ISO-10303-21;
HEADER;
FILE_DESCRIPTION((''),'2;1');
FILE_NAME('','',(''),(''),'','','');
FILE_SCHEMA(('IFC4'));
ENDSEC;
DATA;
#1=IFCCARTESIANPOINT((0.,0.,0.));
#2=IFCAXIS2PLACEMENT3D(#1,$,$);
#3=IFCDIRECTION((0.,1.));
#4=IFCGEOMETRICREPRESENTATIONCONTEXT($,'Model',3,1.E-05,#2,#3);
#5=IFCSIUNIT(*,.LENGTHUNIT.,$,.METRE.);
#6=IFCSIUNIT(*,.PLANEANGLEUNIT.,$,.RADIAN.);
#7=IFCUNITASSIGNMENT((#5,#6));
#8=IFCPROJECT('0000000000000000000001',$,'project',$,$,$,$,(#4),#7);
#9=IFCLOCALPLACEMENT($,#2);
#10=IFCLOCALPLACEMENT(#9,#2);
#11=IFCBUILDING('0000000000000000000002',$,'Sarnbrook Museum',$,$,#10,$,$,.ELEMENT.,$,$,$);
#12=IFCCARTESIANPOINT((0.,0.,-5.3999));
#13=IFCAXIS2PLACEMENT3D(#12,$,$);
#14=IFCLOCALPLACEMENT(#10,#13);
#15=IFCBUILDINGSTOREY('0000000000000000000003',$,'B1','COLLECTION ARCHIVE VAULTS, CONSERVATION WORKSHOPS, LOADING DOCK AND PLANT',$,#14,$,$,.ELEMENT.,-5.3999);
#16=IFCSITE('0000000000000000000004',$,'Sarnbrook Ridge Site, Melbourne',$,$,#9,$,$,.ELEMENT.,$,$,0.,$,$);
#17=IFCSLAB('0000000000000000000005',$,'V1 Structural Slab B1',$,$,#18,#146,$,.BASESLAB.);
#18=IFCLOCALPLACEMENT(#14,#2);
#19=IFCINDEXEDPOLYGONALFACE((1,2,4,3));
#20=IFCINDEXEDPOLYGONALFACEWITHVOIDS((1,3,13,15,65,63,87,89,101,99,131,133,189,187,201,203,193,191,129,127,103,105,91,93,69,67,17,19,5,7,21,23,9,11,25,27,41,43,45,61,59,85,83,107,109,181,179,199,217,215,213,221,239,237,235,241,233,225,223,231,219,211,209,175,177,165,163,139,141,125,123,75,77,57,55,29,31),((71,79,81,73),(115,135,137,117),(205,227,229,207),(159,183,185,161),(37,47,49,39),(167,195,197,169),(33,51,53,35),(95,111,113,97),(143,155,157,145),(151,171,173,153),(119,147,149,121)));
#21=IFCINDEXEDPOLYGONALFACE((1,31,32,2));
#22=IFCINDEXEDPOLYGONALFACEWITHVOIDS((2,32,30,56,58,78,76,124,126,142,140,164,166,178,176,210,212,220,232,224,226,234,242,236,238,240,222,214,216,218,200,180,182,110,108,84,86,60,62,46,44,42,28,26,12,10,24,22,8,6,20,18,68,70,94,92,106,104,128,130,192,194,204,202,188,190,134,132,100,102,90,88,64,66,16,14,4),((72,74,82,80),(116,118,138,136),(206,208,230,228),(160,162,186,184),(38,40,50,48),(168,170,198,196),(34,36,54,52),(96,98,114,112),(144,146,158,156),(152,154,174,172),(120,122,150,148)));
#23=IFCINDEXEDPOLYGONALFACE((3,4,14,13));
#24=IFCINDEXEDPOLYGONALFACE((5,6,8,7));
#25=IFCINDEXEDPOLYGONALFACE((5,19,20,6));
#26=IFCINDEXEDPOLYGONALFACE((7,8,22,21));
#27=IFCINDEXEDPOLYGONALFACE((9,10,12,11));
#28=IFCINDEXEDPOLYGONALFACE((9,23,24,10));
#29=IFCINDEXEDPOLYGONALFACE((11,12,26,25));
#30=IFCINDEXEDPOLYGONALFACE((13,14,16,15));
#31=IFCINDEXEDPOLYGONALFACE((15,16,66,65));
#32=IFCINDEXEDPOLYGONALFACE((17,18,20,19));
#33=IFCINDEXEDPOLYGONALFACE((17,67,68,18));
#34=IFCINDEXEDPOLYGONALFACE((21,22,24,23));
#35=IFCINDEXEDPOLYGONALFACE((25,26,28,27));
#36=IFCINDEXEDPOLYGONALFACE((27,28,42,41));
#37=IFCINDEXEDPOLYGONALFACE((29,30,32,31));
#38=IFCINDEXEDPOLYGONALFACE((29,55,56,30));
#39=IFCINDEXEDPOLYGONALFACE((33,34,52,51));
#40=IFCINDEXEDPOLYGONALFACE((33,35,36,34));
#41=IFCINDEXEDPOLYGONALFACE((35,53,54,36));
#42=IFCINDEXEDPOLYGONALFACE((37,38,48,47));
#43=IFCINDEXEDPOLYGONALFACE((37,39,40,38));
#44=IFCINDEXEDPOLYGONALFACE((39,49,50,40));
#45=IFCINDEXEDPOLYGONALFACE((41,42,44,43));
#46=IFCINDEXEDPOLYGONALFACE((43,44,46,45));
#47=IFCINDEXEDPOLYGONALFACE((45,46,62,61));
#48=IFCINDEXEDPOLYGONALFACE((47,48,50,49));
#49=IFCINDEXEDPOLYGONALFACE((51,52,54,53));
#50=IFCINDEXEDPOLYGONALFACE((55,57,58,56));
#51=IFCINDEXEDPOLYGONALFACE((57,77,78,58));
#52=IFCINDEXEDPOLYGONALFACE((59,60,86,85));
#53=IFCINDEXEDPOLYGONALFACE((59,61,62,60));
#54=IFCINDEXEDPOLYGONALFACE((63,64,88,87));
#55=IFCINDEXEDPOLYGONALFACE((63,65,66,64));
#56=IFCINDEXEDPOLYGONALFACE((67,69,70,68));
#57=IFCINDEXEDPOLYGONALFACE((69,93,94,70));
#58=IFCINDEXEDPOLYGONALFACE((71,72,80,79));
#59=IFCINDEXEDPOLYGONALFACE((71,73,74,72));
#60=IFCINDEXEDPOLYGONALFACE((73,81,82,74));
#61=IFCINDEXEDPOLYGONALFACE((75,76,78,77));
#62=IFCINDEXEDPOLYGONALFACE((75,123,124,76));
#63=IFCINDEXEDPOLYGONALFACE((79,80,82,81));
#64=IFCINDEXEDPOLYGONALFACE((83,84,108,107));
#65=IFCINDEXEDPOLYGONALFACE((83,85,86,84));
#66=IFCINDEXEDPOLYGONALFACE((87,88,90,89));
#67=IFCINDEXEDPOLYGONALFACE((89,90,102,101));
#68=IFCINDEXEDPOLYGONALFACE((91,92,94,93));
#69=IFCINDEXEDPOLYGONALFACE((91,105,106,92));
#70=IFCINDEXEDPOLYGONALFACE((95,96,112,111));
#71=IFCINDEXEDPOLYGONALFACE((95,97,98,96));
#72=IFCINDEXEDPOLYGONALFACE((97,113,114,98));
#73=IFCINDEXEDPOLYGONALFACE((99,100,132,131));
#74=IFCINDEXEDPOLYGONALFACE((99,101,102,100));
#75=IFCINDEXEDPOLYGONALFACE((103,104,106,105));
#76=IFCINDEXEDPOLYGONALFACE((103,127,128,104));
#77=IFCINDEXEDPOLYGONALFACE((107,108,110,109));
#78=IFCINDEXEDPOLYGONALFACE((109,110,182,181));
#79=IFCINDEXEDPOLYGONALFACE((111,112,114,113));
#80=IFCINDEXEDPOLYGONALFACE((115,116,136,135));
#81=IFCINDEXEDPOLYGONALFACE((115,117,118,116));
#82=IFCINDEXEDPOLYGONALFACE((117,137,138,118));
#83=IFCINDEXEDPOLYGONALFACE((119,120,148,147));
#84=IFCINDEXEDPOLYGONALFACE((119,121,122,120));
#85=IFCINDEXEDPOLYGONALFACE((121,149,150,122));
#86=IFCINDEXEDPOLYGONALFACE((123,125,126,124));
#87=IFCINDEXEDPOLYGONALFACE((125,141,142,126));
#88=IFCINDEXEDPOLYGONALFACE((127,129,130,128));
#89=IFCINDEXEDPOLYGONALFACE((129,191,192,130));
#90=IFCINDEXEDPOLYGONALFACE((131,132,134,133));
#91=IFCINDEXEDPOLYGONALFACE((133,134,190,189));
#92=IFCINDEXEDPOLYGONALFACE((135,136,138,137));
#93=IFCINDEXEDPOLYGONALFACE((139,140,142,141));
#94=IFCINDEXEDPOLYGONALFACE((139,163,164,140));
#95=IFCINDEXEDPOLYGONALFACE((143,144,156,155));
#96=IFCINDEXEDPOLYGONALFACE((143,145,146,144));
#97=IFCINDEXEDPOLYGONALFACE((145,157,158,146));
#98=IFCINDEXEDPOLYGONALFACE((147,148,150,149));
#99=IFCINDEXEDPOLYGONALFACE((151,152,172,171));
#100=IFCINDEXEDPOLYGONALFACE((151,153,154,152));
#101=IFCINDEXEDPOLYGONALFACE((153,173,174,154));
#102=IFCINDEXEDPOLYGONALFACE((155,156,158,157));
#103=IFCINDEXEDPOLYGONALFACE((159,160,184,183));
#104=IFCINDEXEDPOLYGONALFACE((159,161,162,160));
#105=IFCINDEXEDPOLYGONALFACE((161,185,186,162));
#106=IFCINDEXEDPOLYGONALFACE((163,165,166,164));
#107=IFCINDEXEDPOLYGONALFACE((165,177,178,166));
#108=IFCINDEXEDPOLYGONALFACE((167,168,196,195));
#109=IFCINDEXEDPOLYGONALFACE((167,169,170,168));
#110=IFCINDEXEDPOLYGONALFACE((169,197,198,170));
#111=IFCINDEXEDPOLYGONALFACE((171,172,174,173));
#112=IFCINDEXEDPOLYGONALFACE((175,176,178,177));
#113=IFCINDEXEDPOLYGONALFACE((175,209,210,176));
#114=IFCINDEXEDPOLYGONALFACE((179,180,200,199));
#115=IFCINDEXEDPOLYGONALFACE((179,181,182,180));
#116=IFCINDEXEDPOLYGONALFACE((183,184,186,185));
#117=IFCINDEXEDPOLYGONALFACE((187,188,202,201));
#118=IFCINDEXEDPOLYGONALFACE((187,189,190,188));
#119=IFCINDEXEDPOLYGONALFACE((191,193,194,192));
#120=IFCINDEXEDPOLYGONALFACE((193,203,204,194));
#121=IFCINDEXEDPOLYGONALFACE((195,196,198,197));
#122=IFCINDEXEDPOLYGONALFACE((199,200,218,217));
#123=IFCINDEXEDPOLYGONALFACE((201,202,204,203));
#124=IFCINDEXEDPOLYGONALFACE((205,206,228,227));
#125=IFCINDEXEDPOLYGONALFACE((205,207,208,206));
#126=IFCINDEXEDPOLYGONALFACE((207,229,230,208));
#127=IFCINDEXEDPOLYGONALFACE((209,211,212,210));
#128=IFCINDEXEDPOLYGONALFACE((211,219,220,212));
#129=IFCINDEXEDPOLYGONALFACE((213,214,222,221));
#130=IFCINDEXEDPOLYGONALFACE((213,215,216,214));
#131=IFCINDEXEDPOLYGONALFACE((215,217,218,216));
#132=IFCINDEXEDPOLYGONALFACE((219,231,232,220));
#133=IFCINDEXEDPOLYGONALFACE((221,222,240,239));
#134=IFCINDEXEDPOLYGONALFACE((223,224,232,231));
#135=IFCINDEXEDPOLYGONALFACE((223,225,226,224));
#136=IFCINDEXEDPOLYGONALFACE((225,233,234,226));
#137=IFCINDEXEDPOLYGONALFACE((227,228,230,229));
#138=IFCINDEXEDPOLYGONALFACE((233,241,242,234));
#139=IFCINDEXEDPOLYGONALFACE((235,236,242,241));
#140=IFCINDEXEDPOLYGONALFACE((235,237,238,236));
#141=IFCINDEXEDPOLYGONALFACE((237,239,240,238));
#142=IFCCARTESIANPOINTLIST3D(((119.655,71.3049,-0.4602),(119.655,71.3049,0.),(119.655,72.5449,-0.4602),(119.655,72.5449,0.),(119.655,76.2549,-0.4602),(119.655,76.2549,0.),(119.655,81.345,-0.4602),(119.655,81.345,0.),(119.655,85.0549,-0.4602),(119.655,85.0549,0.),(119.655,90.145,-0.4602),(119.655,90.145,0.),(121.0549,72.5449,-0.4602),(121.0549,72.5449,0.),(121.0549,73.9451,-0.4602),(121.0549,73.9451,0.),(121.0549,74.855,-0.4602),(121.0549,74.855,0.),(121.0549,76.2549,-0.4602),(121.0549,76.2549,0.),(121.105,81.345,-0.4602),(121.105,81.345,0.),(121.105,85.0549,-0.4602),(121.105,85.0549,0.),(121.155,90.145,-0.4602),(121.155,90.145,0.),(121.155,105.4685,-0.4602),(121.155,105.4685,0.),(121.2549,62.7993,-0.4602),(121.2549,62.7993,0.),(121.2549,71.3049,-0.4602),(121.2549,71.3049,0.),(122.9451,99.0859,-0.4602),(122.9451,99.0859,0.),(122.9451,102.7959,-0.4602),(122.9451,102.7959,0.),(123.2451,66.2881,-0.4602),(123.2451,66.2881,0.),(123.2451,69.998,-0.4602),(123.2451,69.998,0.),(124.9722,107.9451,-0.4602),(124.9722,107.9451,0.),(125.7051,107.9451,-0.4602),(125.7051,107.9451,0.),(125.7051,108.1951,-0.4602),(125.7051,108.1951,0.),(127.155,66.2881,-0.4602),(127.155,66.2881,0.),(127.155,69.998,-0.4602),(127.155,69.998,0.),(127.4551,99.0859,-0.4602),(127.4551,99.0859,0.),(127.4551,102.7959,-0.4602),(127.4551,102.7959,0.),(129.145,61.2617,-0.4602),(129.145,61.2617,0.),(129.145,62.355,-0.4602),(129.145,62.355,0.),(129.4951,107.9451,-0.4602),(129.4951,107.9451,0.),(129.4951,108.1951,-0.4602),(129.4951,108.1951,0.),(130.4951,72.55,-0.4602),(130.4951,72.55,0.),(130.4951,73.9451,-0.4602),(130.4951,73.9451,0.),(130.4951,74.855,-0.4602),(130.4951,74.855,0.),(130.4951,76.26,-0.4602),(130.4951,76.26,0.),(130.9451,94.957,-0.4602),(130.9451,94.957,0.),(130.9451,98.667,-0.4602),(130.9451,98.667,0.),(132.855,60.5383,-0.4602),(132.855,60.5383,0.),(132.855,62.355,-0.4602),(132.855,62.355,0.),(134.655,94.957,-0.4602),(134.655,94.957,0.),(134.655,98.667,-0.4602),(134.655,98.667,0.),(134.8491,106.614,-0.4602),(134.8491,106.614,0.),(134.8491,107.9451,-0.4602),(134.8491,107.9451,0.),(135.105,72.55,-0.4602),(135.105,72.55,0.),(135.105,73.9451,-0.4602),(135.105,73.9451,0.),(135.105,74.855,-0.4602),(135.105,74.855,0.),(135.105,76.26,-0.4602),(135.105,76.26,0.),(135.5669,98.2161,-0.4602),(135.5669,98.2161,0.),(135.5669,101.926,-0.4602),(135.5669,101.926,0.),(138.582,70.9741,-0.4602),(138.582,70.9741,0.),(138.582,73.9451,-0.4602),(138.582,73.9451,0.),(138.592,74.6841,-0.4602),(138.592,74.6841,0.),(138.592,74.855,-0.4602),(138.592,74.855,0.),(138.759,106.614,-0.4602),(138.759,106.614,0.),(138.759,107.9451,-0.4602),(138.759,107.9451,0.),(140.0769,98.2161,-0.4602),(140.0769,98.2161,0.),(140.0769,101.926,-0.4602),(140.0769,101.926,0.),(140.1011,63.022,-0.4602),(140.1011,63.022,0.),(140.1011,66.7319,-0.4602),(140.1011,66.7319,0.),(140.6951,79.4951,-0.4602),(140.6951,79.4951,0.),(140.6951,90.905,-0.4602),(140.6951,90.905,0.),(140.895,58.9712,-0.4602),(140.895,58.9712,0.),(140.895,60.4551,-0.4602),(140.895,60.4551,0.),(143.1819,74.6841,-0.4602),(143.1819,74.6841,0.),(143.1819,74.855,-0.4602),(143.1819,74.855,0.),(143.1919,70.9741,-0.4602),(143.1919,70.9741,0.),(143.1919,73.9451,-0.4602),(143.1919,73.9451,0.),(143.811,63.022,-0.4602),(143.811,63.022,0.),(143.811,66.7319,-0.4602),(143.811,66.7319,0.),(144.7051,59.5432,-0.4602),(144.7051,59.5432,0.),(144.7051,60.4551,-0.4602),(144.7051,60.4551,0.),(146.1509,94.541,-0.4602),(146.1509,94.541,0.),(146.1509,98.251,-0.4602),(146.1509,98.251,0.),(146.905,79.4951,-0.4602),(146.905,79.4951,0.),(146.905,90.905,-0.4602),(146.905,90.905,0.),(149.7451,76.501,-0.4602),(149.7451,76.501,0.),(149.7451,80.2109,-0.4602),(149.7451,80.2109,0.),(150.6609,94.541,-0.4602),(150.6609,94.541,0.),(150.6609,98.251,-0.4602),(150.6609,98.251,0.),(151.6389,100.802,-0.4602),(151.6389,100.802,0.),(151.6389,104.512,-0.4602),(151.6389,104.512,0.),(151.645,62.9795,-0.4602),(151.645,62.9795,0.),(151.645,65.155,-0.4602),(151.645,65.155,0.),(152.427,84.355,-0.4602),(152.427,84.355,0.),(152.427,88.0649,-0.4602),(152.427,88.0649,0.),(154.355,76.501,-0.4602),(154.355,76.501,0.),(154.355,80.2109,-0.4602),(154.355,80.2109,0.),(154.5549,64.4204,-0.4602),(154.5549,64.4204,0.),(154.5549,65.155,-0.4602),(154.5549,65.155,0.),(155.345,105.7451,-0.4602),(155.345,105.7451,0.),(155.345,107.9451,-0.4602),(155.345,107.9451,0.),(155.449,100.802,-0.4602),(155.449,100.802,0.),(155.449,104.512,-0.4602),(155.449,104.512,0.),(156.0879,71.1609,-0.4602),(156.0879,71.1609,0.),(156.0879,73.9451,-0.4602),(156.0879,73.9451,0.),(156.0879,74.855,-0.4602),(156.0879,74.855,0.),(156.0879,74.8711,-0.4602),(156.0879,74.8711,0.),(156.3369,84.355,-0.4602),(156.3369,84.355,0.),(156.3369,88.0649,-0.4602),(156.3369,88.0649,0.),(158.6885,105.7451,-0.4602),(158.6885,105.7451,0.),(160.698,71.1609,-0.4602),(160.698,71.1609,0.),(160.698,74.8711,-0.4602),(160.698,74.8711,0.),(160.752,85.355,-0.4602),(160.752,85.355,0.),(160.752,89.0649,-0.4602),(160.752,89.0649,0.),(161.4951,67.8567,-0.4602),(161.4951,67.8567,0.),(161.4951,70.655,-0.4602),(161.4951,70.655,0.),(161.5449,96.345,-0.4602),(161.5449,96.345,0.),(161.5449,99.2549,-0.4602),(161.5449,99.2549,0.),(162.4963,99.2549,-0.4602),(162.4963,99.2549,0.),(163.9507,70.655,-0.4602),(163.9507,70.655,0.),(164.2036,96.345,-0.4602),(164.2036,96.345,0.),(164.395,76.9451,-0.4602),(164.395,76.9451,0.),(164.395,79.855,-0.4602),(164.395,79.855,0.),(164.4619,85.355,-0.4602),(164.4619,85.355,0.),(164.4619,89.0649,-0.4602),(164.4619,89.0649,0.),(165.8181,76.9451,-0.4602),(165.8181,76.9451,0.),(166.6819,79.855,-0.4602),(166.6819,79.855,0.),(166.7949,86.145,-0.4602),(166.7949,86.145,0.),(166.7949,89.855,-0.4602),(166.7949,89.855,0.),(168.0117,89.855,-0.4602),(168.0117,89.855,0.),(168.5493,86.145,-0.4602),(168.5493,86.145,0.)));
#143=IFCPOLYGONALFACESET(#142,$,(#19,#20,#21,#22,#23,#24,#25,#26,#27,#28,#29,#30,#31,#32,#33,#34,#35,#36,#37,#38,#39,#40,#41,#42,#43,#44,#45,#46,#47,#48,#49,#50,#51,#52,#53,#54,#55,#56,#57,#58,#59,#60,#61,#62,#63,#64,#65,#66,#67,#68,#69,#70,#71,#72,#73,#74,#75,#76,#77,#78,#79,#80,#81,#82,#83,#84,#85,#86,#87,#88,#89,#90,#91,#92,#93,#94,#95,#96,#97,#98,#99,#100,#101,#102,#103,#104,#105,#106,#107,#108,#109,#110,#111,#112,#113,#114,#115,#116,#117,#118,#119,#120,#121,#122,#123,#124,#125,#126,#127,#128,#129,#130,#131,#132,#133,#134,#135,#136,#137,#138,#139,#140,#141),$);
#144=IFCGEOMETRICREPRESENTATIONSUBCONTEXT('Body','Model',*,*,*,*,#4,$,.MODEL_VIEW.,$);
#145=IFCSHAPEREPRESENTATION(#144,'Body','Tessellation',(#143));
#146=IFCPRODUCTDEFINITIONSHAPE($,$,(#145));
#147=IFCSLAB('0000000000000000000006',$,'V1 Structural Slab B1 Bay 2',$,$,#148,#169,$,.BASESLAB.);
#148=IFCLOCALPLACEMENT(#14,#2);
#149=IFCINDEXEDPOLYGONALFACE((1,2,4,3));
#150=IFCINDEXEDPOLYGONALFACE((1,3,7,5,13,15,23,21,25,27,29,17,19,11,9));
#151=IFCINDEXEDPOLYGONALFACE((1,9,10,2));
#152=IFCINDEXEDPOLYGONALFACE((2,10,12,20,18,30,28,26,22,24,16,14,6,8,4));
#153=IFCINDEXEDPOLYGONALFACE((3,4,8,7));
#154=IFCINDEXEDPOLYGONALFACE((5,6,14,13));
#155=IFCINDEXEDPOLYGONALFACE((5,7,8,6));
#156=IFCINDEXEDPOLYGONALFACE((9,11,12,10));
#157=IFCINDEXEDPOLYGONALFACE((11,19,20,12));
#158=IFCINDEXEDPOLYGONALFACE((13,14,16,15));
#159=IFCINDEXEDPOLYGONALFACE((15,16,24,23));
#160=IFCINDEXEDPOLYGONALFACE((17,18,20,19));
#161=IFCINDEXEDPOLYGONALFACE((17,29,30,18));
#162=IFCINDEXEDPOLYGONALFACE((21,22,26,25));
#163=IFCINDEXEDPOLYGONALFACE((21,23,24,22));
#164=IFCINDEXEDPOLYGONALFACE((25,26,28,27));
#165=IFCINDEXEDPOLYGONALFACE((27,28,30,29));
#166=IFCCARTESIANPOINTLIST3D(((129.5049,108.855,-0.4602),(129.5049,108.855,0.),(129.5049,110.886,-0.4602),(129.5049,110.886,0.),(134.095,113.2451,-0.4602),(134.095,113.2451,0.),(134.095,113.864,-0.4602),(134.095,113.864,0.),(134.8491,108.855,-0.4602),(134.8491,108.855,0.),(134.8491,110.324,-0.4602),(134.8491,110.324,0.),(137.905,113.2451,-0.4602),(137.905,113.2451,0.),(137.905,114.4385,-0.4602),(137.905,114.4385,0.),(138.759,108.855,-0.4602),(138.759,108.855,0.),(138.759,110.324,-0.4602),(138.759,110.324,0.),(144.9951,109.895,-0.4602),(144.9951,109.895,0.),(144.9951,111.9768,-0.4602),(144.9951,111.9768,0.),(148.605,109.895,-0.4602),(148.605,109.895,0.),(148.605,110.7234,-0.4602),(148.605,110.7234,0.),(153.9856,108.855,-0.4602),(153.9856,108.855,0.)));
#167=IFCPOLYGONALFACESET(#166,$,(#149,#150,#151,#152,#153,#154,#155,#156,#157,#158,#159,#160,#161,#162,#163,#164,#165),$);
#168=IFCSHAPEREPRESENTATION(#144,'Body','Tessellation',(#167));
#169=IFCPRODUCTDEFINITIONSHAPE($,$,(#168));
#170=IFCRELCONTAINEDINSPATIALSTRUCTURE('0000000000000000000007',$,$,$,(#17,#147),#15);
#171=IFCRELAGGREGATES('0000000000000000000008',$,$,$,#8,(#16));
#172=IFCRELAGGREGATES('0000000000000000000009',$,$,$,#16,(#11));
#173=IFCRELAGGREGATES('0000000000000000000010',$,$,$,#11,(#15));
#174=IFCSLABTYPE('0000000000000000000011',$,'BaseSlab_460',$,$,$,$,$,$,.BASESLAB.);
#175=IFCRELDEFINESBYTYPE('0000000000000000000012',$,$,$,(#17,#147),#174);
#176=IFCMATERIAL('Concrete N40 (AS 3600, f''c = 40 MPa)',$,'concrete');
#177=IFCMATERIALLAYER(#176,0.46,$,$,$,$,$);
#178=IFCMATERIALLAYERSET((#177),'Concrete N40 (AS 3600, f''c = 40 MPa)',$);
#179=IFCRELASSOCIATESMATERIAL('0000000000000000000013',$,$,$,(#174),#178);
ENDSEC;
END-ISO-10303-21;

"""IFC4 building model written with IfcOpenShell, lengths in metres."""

from ifc_helpers import new_model, si_unit, direction, frame, origin, place, context, subcontext, project, spatial, polyline, outline, extrude, material, layer, layer_set, type_object, element, save


model = new_model("IFC4")

# Units and contexts
model_context = context("Model", 3, precision=1e-05, world=origin(), true_north=direction((0.0, 1.0)))
body_context = subcontext(model_context, "Body", "Model", "MODEL_VIEW")
ifc_project = project(units=[si_unit("LENGTHUNIT", "METRE"), si_unit("PLANEANGLEUNIT", "RADIAN")], contexts=[model_context])

# Site, building, storey
site_placement = place(None, origin())
site = spatial("IfcSite", under=ifc_project, at=site_placement, Name="Sarnbrook Ridge Site, Melbourne", CompositionType="ELEMENT", RefElevation=0.0)
building_placement = place(site_placement, origin())
building = spatial("IfcBuilding", under=site, at=building_placement, Name="Sarnbrook Museum", CompositionType="ELEMENT")
storey_placement = place(building_placement, frame((0.0, 0.0, -5.3999)))
storey = spatial("IfcBuildingStorey", under=building, at=storey_placement, Name="B1", Description="COLLECTION ARCHIVE VAULTS, CONSERVATION WORKSHOPS, LOADING DOCK AND PLANT", CompositionType="ELEMENT", Elevation=-5.3999)

# Slabs
ifc_material = material(Name="Concrete N40 (AS 3600, f'c = 40 MPa)", Category="concrete")
ifc_layer_1 = layer(ifc_material, 0.46)
ifc_layer_set_1 = layer_set([ifc_layer_1], Name="Concrete N40 (AS 3600, f'c = 40 MPa)")
slab_type_1 = type_object("IfcSlabType", Name="BaseSlab_460", PredefinedType="BASESLAB", material=ifc_layer_set_1)
slab_1_placement = place(storey_placement, frame((0.0, 0.0, -0.4602)))
element("IfcSlab", 1, at=slab_1_placement, inside=storey, type_object=slab_type_1, Name="V1 Structural Slab B1", PredefinedType="BASESLAB", context=body_context, shape_type="SweptSolid", body=[
    extrude(outline(polyline([(162.4963, 99.2549), (161.5449, 99.2549), (161.5449, 96.345), (164.2036, 96.345), (168.0117, 89.855), (166.7949, 89.855), (166.7949, 86.145), (168.5493, 86.145), (166.6819, 79.855), (164.395, 79.855), (164.395, 76.9451), (165.8181, 76.9451), (163.9507, 70.655), (161.4951, 70.655), (161.4951, 67.8567), (154.5549, 64.4204), (154.5549, 65.155), (151.645, 65.155), (151.645, 62.9795), (144.7051, 59.5432), (144.7051, 60.4551), (140.895, 60.4551), (140.895, 58.9712), (132.855, 60.5383), (132.855, 62.355), (129.145, 62.355), (129.145, 61.2617), (121.2549, 62.7993), (121.2549, 71.3049), (119.655, 71.3049), (119.655, 72.5449), (121.0549, 72.5449), (121.0549, 73.9451), (130.4951, 73.9451), (130.4951, 72.55), (135.105, 72.55), (135.105, 73.9451), (138.582, 73.9451), (138.582, 70.9741), (143.1919, 70.9741), (143.1919, 73.9451), (156.0879, 73.9451), (156.0879, 71.1609), (160.698, 71.1609), (160.698, 74.8711), (156.0879, 74.8711), (156.0879, 74.855), (143.1819, 74.855), (143.1819, 74.6841), (138.592, 74.6841), (138.592, 74.855), (135.105, 74.855), (135.105, 76.26), (130.4951, 76.26), (130.4951, 74.855), (121.0549, 74.855), (121.0549, 76.2549), (119.655, 76.2549), (119.655, 81.345), (121.105, 81.345), (121.105, 85.0549), (119.655, 85.0549), (119.655, 90.145), (121.155, 90.145), (121.155, 105.4685), (124.9722, 107.9451), (125.7051, 107.9451), (125.7051, 108.1951), (129.4951, 108.1951), (129.4951, 107.9451), (134.8491, 107.9451), (134.8491, 106.614), (138.759, 106.614), (138.759, 107.9451), (155.345, 107.9451), (155.345, 105.7451), (158.6885, 105.7451), (162.4963, 99.2549)]), holes=[polyline([(143.811, 66.7319), (143.811, 63.022), (140.1011, 63.022), (140.1011, 66.7319), (143.811, 66.7319)]), polyline([(127.155, 66.2881), (123.2451, 66.2881), (123.2451, 69.998), (127.155, 69.998), (127.155, 66.2881)]), polyline([(146.905, 79.4951), (140.6951, 79.4951), (140.6951, 90.905), (146.905, 90.905), (146.905, 79.4951)]), polyline([(130.9451, 94.957), (130.9451, 98.667), (134.655, 98.667), (134.655, 94.957), (130.9451, 94.957)]), polyline([(140.0769, 98.2161), (135.5669, 98.2161), (135.5669, 101.926), (140.0769, 101.926), (140.0769, 98.2161)]), polyline([(127.4551, 99.0859), (122.9451, 99.0859), (122.9451, 102.7959), (127.4551, 102.7959), (127.4551, 99.0859)]), polyline([(154.355, 76.501), (149.7451, 76.501), (149.7451, 80.2109), (154.355, 80.2109), (154.355, 76.501)]), polyline([(156.3369, 84.355), (152.427, 84.355), (152.427, 88.0649), (156.3369, 88.0649), (156.3369, 84.355)]), polyline([(164.4619, 89.0649), (164.4619, 85.355), (160.752, 85.355), (160.752, 89.0649), (164.4619, 89.0649)]), polyline([(146.1509, 94.541), (146.1509, 98.251), (150.6609, 98.251), (150.6609, 94.541), (146.1509, 94.541)]), polyline([(155.449, 100.802), (151.6389, 100.802), (151.6389, 104.512), (155.449, 104.512), (155.449, 100.802)])]), origin(), (0.0, 0.0, 1.0), 0.4602),
])
slab_2_placement = place(storey_placement, frame((0.0, 0.0, -0.4602)))
element("IfcSlab", 2, at=slab_2_placement, inside=storey, type_object=slab_type_1, Name="V1 Structural Slab B1 Bay 2", PredefinedType="BASESLAB", context=body_context, shape_type="SweptSolid", body=[
    extrude(outline(polyline([(144.9951, 111.9768), (144.9951, 109.895), (148.605, 109.895), (148.605, 110.7234), (153.9856, 108.855), (138.759, 108.855), (138.759, 110.324), (134.8491, 110.324), (134.8491, 108.855), (129.5049, 108.855), (129.5049, 110.886), (134.095, 113.864), (134.095, 113.2451), (137.905, 113.2451), (137.905, 114.4385), (144.9951, 111.9768)])), origin(), (0.0, 0.0, 1.0), 0.4602),
])

save(model, "model.ifc")
